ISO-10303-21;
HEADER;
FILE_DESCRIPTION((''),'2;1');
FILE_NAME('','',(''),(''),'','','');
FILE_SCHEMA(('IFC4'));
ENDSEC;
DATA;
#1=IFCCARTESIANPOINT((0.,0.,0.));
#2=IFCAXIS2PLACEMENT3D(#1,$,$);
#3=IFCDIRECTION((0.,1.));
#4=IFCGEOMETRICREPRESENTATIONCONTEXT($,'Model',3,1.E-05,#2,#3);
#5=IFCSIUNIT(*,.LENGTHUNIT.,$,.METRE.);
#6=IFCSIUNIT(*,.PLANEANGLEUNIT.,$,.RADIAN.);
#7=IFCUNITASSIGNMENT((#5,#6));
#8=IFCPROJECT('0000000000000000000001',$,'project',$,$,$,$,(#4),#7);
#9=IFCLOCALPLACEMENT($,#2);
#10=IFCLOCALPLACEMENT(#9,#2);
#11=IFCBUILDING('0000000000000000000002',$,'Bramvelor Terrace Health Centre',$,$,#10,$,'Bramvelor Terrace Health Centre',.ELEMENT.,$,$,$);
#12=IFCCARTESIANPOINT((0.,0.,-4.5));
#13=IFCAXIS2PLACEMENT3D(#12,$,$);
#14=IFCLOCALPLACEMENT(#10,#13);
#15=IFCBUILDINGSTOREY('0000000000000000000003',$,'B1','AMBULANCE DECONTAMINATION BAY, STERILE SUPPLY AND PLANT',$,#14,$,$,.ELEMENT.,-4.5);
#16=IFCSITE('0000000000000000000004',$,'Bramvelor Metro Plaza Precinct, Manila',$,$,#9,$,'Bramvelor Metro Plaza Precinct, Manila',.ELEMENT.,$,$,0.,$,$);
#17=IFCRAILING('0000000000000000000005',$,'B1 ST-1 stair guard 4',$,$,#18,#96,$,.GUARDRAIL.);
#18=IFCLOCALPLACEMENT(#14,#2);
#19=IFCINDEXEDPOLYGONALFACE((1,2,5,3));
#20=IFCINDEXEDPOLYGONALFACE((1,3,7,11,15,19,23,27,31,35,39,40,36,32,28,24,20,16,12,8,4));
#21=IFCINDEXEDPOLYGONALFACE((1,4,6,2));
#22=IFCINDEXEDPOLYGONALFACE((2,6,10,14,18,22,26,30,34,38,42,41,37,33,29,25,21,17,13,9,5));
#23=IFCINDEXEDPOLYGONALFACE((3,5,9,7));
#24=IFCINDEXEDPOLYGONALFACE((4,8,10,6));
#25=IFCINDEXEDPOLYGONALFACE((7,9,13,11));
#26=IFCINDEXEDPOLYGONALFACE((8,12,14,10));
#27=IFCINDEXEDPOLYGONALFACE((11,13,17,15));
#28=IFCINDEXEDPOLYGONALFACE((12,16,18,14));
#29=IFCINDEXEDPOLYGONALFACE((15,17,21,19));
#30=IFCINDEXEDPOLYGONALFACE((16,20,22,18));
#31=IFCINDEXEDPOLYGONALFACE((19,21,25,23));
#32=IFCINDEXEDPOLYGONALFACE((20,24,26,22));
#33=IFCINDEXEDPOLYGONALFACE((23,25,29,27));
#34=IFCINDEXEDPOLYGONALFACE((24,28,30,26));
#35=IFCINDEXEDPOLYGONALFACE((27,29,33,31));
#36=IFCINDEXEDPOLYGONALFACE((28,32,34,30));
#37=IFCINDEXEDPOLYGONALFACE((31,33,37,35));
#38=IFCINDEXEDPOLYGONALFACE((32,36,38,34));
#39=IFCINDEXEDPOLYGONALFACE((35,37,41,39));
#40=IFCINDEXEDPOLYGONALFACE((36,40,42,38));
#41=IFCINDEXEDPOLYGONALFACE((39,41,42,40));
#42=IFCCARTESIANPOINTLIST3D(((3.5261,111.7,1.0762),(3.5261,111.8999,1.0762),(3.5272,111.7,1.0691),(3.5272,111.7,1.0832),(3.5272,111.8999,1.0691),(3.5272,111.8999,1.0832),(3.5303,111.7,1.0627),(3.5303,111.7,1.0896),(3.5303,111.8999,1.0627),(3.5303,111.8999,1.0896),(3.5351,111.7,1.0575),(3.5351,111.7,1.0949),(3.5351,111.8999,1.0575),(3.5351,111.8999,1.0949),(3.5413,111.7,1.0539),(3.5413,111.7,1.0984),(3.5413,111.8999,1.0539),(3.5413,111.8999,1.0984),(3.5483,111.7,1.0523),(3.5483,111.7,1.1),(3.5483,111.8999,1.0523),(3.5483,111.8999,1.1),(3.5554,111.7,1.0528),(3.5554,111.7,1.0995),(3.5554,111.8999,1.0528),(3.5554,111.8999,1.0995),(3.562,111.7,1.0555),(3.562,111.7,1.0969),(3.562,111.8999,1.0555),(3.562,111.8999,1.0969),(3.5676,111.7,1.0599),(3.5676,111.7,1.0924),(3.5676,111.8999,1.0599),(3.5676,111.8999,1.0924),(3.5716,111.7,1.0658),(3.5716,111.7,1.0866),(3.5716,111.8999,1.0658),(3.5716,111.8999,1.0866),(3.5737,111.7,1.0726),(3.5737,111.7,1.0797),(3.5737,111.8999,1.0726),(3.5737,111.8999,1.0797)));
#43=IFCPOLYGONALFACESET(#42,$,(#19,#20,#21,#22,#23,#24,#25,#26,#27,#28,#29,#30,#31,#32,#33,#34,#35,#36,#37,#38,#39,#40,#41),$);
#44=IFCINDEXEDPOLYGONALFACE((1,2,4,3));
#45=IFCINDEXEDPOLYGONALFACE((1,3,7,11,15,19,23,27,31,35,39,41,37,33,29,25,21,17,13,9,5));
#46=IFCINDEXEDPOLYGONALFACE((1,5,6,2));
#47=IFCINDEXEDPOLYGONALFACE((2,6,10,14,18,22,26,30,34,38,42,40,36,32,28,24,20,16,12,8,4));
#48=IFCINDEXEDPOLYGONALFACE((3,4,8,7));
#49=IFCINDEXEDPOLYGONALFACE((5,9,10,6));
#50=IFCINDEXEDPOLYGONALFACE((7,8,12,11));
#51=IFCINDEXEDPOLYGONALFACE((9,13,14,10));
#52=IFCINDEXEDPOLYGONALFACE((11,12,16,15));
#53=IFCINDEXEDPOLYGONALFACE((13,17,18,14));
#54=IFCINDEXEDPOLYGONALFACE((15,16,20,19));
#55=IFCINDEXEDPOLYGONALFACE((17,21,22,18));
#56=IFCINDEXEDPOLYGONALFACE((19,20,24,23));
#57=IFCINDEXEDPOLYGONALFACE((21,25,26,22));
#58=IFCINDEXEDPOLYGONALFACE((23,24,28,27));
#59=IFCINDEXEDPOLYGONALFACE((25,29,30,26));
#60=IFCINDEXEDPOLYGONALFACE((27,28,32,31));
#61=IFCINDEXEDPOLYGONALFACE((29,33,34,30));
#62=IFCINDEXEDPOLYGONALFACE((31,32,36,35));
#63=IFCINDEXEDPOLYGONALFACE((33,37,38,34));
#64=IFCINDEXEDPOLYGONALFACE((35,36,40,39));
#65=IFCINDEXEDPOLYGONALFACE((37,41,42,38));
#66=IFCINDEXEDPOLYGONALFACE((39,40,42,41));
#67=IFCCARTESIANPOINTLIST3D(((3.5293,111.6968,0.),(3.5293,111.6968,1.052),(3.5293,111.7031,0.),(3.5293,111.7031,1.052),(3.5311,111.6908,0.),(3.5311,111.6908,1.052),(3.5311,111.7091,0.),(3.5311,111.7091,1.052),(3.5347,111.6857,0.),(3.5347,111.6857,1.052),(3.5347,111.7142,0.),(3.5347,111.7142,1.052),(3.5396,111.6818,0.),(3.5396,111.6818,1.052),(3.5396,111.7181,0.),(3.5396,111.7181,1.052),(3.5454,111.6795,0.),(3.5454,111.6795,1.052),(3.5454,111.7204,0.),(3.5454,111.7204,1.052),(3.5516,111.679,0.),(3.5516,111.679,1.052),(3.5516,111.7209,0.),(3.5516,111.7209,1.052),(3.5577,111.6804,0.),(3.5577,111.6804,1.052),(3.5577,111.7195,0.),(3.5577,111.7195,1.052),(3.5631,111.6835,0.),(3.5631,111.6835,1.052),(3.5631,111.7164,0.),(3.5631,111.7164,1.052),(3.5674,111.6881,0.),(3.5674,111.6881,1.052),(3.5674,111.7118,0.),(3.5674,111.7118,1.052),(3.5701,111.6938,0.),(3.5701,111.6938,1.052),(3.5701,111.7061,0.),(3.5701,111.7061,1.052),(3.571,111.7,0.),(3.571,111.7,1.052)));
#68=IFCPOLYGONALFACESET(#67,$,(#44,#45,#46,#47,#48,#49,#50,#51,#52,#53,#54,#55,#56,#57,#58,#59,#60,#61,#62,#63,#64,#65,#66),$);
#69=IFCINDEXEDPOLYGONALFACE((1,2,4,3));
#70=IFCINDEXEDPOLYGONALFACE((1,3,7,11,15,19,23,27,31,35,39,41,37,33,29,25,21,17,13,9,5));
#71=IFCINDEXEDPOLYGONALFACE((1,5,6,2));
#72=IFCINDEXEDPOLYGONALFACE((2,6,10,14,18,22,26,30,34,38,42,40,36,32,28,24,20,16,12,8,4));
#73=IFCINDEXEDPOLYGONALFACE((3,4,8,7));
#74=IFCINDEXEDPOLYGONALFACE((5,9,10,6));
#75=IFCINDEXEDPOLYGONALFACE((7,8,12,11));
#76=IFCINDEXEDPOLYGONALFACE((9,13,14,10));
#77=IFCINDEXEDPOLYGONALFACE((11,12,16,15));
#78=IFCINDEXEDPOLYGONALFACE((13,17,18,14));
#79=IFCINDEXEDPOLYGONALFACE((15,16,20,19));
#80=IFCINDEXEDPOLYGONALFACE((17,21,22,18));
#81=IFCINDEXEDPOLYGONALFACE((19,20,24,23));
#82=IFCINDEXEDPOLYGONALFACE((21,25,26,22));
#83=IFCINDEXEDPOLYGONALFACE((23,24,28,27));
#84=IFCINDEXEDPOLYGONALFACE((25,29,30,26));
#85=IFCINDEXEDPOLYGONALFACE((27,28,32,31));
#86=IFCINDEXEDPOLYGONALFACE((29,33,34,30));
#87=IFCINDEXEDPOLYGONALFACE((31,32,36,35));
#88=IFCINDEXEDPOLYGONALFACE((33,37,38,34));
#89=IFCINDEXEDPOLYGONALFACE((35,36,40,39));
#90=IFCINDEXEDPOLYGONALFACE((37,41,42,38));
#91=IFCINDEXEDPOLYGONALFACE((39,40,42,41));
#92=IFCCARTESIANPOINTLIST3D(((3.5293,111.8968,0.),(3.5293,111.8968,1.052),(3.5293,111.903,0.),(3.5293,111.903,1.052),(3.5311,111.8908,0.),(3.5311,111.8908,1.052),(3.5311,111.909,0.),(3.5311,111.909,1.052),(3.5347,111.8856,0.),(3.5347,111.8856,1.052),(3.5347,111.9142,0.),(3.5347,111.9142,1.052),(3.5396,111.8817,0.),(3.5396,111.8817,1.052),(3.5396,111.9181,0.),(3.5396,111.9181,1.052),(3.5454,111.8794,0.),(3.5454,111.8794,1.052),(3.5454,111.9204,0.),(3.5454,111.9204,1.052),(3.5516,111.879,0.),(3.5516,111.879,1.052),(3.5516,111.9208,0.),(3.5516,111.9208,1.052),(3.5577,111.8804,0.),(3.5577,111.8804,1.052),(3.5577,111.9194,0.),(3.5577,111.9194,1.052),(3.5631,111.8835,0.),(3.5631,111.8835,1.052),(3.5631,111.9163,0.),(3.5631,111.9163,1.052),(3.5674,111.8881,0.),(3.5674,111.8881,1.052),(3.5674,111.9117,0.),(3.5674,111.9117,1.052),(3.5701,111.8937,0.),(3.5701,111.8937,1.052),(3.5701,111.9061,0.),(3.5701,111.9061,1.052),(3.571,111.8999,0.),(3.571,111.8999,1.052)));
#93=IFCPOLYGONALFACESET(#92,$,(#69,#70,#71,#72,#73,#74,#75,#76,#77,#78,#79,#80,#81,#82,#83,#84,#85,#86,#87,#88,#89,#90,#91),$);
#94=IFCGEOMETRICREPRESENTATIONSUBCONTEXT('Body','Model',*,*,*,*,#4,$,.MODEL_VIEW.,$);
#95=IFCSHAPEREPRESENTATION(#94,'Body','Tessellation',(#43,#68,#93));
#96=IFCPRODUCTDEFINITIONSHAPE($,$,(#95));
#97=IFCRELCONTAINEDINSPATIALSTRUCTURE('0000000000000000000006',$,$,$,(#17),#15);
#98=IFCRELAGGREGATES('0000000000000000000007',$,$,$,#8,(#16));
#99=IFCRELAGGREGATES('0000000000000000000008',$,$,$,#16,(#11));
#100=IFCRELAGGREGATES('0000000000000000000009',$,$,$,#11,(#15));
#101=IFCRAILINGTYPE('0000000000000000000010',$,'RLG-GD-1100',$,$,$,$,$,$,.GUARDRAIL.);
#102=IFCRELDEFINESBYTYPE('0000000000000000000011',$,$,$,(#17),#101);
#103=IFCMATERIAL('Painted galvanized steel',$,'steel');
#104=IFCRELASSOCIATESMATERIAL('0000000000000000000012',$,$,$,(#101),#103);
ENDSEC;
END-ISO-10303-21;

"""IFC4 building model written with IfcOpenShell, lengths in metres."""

from ifc_helpers import new_model, si_unit, direction, frame, origin, origin_2d, place, context, subcontext, project, spatial, circle, extrude, material, type_object, element, save


model = new_model("IFC4")

# Units and contexts
model_context = context("Model", 3, precision=1e-05, world=origin(), true_north=direction((0.0, 1.0)))
body_context = subcontext(model_context, "Body", "Model", "MODEL_VIEW")
ifc_project = project(units=[si_unit("LENGTHUNIT", "METRE"), si_unit("PLANEANGLEUNIT", "RADIAN")], contexts=[model_context])

# Site, building, storey
site_placement = place(None, origin())
site = spatial("IfcSite", under=ifc_project, at=site_placement, Name="Bramvelor Metro Plaza Precinct, Manila", LongName="Bramvelor Metro Plaza Precinct, Manila", CompositionType="ELEMENT", RefElevation=0.0)
building_placement = place(site_placement, origin())
building = spatial("IfcBuilding", under=site, at=building_placement, Name="Bramvelor Terrace Health Centre", LongName="Bramvelor Terrace Health Centre", CompositionType="ELEMENT")
storey_placement = place(building_placement, frame((0.0, 0.0, -4.5)))
storey = spatial("IfcBuildingStorey", under=building, at=storey_placement, Name="B1", Description="AMBULANCE DECONTAMINATION BAY, STERILE SUPPLY AND PLANT", CompositionType="ELEMENT", Elevation=-4.5)

# Railing
ifc_material_1 = material(Name="Painted galvanized steel", Category="steel")
railing_type_1 = type_object("IfcRailingType", Name="RLG-GD-1100", PredefinedType="GUARDRAIL", material=ifc_material_1)
railing_1_placement = place(storey_placement, frame((3.55, 111.7, 0.0)))
element("IfcRailing", 1, at=railing_1_placement, inside=storey, type_object=railing_type_1, Name="B1 ST-1 stair guard 4", PredefinedType="GUARDRAIL", context=body_context, shape_type="SweptSolid", body=[
    extrude(circle(Radius=0.0239, at=origin_2d()), frame((0.0, 0.0, 1.0762), z_axis=(0.0, 1.0, 0.0), x_axis=(-1.0, 0.0, 0.0)), (0.0, 0.0, 1.0), 0.2),
    extrude(circle(Radius=0.021, at=origin_2d()), origin(), (0.0, 0.0, 1.0), 1.052),
    extrude(circle(Radius=0.021, at=origin_2d()), frame((0.0, 0.2, 0.0)), (0.0, 0.0, 1.0), 1.052),
])

save(model, "model.ifc")
